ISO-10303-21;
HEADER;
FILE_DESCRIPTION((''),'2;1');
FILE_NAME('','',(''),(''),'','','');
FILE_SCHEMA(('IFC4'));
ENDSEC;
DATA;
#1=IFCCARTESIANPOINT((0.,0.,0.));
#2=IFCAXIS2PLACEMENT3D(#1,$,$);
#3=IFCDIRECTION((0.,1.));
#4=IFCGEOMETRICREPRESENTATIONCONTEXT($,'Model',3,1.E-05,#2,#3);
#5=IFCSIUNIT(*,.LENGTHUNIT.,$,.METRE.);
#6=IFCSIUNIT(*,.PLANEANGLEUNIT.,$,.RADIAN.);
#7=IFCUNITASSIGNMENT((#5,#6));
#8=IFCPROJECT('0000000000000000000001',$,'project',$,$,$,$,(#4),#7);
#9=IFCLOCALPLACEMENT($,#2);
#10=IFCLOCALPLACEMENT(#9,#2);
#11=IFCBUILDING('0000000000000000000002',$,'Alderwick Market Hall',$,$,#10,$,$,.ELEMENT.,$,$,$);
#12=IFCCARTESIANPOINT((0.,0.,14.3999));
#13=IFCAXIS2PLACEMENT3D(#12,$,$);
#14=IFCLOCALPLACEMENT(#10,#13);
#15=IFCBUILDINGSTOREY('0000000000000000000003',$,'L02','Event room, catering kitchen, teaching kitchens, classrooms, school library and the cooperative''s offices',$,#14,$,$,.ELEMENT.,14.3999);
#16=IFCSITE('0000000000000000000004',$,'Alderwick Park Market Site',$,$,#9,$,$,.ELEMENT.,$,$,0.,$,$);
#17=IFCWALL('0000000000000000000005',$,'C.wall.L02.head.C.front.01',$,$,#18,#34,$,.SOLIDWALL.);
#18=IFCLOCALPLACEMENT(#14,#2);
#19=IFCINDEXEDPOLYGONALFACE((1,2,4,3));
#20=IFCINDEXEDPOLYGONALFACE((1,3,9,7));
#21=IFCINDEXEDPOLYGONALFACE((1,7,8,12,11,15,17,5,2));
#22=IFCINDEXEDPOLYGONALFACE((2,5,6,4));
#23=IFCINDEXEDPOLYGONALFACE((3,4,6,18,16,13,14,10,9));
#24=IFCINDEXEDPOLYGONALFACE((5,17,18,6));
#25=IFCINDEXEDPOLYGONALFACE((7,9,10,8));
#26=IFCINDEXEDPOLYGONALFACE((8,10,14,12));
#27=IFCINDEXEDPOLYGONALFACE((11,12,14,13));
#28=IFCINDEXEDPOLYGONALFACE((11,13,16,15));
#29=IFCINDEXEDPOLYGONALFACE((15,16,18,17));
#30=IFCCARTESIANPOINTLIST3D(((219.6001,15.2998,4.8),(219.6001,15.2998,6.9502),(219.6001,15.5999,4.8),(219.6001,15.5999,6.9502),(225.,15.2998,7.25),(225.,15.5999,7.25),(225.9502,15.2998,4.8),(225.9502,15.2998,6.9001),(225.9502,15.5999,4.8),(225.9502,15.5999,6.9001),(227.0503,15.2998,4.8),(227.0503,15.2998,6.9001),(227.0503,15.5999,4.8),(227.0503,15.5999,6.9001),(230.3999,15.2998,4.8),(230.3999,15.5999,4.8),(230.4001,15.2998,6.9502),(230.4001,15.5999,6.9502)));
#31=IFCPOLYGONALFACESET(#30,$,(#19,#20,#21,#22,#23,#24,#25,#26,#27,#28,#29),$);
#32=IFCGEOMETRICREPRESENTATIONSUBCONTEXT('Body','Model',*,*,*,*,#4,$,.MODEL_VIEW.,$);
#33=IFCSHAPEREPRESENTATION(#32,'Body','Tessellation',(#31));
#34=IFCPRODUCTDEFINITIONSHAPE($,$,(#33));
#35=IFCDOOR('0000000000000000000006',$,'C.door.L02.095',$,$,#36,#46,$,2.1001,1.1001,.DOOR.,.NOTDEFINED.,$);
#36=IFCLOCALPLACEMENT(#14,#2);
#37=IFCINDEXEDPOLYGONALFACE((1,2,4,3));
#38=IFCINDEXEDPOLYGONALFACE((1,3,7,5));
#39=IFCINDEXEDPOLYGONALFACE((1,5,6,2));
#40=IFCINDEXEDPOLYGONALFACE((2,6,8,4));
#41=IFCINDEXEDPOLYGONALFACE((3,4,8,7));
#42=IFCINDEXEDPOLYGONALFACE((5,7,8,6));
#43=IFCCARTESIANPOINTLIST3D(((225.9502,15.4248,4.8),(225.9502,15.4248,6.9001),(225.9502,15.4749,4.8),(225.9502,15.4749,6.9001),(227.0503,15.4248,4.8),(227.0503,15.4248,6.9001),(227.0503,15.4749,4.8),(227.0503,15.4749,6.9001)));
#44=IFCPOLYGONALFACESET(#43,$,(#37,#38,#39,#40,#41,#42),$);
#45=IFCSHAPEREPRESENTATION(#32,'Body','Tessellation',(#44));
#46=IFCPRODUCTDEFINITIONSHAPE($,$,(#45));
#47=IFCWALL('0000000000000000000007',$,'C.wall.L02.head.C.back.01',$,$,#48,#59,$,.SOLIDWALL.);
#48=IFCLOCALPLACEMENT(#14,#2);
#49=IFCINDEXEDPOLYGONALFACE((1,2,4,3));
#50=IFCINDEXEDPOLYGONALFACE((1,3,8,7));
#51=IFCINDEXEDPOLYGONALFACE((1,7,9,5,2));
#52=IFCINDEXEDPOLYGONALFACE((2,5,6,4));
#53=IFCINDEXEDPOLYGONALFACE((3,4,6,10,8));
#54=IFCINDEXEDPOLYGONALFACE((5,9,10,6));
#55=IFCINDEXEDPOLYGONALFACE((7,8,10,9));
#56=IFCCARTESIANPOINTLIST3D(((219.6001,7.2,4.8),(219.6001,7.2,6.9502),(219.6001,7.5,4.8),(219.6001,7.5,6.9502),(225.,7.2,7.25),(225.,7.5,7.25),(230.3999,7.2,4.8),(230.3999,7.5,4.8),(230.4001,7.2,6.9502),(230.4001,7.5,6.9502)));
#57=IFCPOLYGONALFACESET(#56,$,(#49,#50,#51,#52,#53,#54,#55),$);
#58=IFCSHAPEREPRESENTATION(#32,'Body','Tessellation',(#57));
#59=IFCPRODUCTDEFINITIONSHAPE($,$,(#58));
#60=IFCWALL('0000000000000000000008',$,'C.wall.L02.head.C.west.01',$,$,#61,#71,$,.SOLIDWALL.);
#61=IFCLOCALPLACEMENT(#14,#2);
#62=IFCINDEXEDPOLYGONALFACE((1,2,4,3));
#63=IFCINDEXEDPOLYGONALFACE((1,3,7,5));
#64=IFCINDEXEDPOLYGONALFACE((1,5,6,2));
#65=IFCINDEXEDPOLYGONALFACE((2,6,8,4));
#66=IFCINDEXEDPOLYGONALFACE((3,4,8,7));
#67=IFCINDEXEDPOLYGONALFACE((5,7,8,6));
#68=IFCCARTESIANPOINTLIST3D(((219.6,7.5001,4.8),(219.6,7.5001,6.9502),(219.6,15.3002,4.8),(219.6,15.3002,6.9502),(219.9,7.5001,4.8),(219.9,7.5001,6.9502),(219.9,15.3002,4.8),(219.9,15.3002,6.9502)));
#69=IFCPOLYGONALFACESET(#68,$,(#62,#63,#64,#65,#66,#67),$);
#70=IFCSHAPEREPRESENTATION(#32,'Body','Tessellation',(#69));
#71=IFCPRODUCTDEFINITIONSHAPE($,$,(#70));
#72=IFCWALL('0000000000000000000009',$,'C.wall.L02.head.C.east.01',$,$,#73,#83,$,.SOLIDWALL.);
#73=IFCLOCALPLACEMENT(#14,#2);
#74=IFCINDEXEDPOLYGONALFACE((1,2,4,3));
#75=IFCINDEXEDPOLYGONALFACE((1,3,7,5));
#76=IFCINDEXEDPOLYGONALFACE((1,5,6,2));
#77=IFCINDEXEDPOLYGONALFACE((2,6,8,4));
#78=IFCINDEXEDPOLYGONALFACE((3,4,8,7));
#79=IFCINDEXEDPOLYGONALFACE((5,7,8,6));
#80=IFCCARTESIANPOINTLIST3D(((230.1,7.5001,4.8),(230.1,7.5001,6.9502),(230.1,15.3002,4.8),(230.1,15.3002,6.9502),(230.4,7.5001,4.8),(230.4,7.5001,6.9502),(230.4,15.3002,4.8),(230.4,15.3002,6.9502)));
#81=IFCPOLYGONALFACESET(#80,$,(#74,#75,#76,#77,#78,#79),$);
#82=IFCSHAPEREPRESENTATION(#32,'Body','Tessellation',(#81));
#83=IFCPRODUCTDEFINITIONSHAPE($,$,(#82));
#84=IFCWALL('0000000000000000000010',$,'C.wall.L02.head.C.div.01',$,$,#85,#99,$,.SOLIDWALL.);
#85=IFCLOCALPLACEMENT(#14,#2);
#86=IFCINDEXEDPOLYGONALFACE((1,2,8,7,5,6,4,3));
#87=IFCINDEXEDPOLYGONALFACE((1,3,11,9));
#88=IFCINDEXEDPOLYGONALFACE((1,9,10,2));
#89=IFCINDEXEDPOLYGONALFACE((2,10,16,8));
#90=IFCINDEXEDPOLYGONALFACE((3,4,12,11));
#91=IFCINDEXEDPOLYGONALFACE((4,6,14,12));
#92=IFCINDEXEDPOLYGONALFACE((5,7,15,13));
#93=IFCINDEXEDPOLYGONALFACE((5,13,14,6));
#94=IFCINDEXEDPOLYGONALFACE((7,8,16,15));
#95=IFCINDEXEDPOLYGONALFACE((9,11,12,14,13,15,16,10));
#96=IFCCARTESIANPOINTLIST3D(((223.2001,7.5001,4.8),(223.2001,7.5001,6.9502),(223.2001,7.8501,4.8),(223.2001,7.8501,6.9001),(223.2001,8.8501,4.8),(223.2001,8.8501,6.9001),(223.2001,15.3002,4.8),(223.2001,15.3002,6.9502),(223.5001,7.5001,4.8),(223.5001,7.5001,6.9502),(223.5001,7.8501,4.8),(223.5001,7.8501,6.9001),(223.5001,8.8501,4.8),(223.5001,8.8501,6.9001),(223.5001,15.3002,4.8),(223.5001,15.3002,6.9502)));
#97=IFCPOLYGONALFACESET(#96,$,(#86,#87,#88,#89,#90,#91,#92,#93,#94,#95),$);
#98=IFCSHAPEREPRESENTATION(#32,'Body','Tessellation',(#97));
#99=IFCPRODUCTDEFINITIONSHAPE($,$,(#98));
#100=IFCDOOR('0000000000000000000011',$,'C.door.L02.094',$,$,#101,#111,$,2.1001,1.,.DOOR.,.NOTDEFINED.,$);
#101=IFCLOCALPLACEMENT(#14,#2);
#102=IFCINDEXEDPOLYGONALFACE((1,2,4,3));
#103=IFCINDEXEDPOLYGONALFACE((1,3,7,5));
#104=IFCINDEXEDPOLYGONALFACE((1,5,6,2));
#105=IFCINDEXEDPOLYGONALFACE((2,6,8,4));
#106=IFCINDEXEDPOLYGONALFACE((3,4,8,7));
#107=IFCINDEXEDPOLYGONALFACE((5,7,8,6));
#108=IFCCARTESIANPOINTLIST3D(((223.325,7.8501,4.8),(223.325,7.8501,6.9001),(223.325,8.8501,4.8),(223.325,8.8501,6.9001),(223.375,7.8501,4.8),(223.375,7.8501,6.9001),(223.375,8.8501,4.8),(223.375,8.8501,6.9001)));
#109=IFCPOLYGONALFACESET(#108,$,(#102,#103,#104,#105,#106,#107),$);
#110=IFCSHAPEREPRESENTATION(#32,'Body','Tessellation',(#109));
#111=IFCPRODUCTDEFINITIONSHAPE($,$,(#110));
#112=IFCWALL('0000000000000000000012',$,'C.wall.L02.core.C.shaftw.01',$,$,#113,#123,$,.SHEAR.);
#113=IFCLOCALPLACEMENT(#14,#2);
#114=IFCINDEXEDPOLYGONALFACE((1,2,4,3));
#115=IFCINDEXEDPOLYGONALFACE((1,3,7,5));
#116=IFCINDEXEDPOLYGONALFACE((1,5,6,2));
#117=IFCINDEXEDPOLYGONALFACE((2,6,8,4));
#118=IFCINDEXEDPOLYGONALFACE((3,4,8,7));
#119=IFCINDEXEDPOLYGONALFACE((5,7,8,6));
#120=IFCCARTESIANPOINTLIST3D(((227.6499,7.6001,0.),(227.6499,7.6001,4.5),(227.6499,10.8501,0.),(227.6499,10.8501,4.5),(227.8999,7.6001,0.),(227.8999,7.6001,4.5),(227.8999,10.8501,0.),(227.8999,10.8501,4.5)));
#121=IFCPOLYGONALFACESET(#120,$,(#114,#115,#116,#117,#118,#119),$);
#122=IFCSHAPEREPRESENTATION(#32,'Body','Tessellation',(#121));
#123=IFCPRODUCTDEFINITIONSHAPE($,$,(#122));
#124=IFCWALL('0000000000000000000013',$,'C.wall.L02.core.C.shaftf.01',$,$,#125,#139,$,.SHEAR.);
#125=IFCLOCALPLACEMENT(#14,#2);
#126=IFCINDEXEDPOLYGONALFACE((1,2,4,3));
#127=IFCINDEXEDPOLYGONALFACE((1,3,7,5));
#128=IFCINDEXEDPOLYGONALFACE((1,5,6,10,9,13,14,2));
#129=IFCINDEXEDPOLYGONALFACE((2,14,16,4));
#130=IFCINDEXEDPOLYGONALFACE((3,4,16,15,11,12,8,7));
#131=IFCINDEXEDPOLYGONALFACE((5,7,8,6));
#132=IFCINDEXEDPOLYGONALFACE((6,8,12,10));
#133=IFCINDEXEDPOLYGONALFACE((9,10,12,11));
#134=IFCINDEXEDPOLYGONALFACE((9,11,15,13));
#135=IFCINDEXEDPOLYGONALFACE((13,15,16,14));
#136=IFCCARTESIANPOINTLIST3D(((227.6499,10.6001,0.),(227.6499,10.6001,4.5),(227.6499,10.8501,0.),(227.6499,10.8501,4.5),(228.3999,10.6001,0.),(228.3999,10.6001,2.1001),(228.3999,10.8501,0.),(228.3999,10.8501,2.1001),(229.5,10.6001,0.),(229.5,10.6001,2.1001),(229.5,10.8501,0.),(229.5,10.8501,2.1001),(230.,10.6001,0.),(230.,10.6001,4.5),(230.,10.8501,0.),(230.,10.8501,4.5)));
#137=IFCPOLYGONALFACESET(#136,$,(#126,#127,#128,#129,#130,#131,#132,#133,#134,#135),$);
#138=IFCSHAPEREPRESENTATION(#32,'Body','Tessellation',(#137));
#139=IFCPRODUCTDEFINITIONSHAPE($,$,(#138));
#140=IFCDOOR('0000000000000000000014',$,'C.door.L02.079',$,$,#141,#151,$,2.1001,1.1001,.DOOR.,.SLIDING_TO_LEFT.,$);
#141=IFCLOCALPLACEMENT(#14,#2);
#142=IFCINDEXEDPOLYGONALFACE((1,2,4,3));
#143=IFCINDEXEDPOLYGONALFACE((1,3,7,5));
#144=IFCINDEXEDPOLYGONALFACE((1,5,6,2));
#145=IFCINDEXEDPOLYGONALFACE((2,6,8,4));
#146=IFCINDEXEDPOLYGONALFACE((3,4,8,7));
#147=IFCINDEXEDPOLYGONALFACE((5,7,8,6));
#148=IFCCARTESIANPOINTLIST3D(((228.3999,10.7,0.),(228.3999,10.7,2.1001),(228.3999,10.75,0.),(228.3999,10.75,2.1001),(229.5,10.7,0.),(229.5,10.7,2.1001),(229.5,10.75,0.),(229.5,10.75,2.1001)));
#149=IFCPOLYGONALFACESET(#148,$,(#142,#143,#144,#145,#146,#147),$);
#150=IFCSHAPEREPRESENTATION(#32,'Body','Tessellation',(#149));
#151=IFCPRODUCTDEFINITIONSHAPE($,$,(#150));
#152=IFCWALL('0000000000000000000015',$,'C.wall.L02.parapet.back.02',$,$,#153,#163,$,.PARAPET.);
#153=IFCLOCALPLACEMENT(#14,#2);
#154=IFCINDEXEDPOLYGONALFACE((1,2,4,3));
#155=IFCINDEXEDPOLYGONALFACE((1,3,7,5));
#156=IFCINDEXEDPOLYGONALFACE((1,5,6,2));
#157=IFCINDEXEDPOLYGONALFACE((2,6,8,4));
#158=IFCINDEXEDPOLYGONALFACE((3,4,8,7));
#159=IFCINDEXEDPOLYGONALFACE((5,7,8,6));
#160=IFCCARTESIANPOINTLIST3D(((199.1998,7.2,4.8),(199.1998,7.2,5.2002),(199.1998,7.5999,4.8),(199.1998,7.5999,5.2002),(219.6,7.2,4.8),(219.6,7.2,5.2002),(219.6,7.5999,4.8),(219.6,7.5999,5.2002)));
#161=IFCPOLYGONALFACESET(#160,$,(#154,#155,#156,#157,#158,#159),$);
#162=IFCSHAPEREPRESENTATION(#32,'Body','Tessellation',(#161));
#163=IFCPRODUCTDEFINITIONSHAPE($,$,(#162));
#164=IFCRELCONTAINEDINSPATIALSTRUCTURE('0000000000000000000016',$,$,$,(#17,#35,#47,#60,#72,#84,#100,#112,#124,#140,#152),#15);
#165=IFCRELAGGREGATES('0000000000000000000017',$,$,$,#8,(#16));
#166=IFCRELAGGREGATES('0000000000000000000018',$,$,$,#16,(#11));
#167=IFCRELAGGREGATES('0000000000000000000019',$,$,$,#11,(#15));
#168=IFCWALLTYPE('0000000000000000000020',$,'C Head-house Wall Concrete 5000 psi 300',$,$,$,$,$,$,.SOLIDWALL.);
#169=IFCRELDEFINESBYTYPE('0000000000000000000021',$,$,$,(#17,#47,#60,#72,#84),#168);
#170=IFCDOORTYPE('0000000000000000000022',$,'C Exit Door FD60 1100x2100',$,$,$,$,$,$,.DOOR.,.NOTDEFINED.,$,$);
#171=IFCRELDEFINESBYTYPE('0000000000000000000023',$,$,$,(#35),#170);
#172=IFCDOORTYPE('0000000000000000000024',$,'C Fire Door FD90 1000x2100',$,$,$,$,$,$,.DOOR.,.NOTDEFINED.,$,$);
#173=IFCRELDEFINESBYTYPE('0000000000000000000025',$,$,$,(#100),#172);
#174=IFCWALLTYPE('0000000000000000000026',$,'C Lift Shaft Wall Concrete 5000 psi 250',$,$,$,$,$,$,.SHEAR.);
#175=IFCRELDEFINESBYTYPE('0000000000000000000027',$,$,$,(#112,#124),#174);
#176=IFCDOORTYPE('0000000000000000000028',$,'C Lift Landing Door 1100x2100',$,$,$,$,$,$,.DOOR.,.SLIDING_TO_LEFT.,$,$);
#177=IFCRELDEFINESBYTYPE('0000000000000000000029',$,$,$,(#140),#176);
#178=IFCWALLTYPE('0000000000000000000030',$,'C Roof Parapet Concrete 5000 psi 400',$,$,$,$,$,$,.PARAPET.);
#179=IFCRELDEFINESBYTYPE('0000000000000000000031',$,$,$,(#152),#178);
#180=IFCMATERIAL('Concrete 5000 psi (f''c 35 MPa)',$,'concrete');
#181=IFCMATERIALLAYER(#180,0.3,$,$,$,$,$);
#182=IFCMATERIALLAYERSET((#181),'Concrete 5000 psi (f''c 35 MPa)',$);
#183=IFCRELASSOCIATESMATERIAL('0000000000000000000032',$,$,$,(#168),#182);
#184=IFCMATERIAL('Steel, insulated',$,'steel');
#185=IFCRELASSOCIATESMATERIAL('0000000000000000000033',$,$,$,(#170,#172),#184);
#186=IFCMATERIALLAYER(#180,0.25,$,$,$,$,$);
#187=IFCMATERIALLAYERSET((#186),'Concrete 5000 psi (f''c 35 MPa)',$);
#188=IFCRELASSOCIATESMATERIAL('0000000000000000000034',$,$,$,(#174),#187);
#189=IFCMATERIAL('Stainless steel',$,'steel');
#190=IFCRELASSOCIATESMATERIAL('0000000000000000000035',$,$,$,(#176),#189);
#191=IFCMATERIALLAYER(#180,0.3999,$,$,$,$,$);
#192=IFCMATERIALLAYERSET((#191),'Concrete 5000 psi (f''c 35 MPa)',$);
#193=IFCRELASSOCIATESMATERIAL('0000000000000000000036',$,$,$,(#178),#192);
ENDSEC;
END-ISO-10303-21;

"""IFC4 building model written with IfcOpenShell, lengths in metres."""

from ifc_helpers import new_model, si_unit, direction, frame, frame_2d, origin, place, context, subcontext, project, spatial, polyline, rectangle, outline, extrude, material, layer, layer_set, type_object, element, fill, save


model = new_model("IFC4")

# Units and contexts
model_context = context("Model", 3, precision=1e-05, world=origin(), true_north=direction((0.0, 1.0)))
body_context = subcontext(model_context, "Body", "Model", "MODEL_VIEW")
ifc_project = project(units=[si_unit("LENGTHUNIT", "METRE"), si_unit("PLANEANGLEUNIT", "RADIAN")], contexts=[model_context])

# Site, building, storey
site_placement = place(None, origin())
site = spatial("IfcSite", under=ifc_project, at=site_placement, Name="Alderwick Park Market Site", CompositionType="ELEMENT", RefElevation=0.0)
building_placement = place(site_placement, origin())
building = spatial("IfcBuilding", under=site, at=building_placement, Name="Alderwick Market Hall", CompositionType="ELEMENT")
storey_placement = place(building_placement, frame((0.0, 0.0, 14.3999)))
storey = spatial("IfcBuildingStorey", under=building, at=storey_placement, Name="L02", Description="Event room, catering kitchen, teaching kitchens, classrooms, school library and the cooperative's offices", CompositionType="ELEMENT", Elevation=14.3999)

# Shared definitions
ifc_material_1 = material(Name="Concrete 5000 psi (f'c 35 MPa)", Category="concrete")

# Shared definitions
ifc_material_2 = material(Name="Steel, insulated", Category="steel")

# Wall, opening, door
ifc_layer_1 = layer(ifc_material_1, 0.3)
ifc_layer_set_1 = layer_set([ifc_layer_1], Name="Concrete 5000 psi (f'c 35 MPa)")
wall_type_1 = type_object("IfcWallType", Name="C Head-house Wall Concrete 5000 psi 300", PredefinedType="SOLIDWALL", material=ifc_layer_set_1)
wall_1_placement = place(storey_placement, frame((219.6001, 15.45, 4.8), z_axis=(0.0, 0.0, 1.0), x_axis=(1.0, 0.0, 0.0)))
wall_1 = element("IfcWall", 1, at=wall_1_placement, inside=storey, type_object=wall_type_1, Name="C.wall.L02.head.C.front.01", PredefinedType="SOLIDWALL", context=body_context, shape_type="SweptSolid", body=[
    extrude(outline(polyline([(0.0, 0.0), (10.7998, 0.0), (10.8, 2.1501), (5.3999, 2.45), (0.0, 2.1501), (0.0, 0.0)])), frame((0.0, 0.1499, 0.0), z_axis=(0.0, -1.0, 0.0), x_axis=(1.0, 0.0, 0.0)), (0.0, 0.0, 1.0), 0.3),
])
opening_1_placement = place(wall_1_placement, frame((6.3501, 0.0, 0.0)))
opening_1 = element("IfcOpeningElement", 2, at=opening_1_placement, cuts=wall_1, PredefinedType="OPENING", context=body_context, shape_type="SweptSolid", body=[
    extrude(rectangle(XDim=1.1001, YDim=2.1001, at=frame_2d((0.55, 1.05))), frame((0.0, 0.1599, 0.0), z_axis=(0.0, -1.0, 0.0), x_axis=(1.0, 0.0, 0.0)), (0.0, 0.0, 1.0), 0.3201),
])
door_type_1 = type_object("IfcDoorType", Name="C Exit Door FD60 1100x2100", OperationType="NOTDEFINED", PredefinedType="DOOR", material=ifc_material_2)
door_1_placement = place(opening_1_placement, origin())
door_1 = element("IfcDoor", 3, at=door_1_placement, inside=storey, type_object=door_type_1, Name="C.door.L02.095", OperationType="NOTDEFINED", OverallHeight=2.1001, OverallWidth=1.1001, PredefinedType="DOOR", context=body_context, shape_type="SweptSolid", body=[
    extrude(rectangle(XDim=1.1001, YDim=2.1001, at=frame_2d((0.55, 1.05))), frame((0.0, 0.0249, 0.0), z_axis=(0.0, -1.0, 0.0), x_axis=(1.0, 0.0, 0.0)), (0.0, 0.0, 1.0), 0.05),
])
fill(opening_1, door_1)

# Walls
wall_2_placement = place(storey_placement, frame((219.6001, 7.3501, 4.8), z_axis=(0.0, 0.0, 1.0), x_axis=(1.0, 0.0, 0.0)))
element("IfcWall", 4, at=wall_2_placement, inside=storey, type_object=wall_type_1, Name="C.wall.L02.head.C.back.01", PredefinedType="SOLIDWALL", context=body_context, shape_type="SweptSolid", body=[
    extrude(outline(polyline([(0.0, 0.0), (10.7998, 0.0), (10.8, 2.1501), (5.3999, 2.45), (0.0, 2.1501), (0.0, 0.0)])), frame((0.0, 0.1499, 0.0), z_axis=(0.0, -1.0, 0.0), x_axis=(1.0, 0.0, 0.0)), (0.0, 0.0, 1.0), 0.3),
])
for number, where, z_axis, x_axis, name in (
    (5, (219.75, 15.3, 4.8), (0.0, 0.0, 1.0), (0.0, -1.0, 0.0), "C.wall.L02.head.C.west.01"),
    (6, (230.25, 15.3, 4.8), (0.0, 0.0, 1.0), (0.0, -1.0, 0.0), "C.wall.L02.head.C.east.01"),
):
    element("IfcWall", number, at=place(storey_placement, frame(where, z_axis=z_axis, x_axis=x_axis)), inside=storey, type_object=wall_type_1, Name=name, PredefinedType="SOLIDWALL", context=body_context, shape_type="SweptSolid", body=[
        extrude(rectangle(XDim=7.8, YDim=0.3, at=frame_2d((3.8999, 0.0))), origin(), (0.0, 0.0, 1.0), 2.1501),
    ])

# Wall, opening, door
wall_3_placement = place(storey_placement, frame((223.3501, 15.3, 4.8), z_axis=(0.0, 0.0, 1.0), x_axis=(0.0, -1.0, 0.0)))
wall_3 = element("IfcWall", 7, at=wall_3_placement, inside=storey, type_object=wall_type_1, Name="C.wall.L02.head.C.div.01", PredefinedType="SOLIDWALL", context=body_context, shape_type="SweptSolid", body=[
    extrude(rectangle(XDim=7.8, YDim=0.3, at=frame_2d((3.8999, 0.0))), origin(), (0.0, 0.0, 1.0), 2.1501),
])
opening_2_placement = place(wall_3_placement, frame((6.45, 0.0, 0.0)))
opening_2 = element("IfcOpeningElement", 8, at=opening_2_placement, cuts=wall_3, PredefinedType="OPENING", context=body_context, shape_type="SweptSolid", body=[
    extrude(rectangle(XDim=1.0, YDim=2.1001, at=frame_2d((0.5, 1.05))), frame((0.0, 0.1599, 0.0), z_axis=(0.0, -1.0, 0.0), x_axis=(1.0, 0.0, 0.0)), (0.0, 0.0, 1.0), 0.3201),
])
door_type_2 = type_object("IfcDoorType", Name="C Fire Door FD90 1000x2100", OperationType="NOTDEFINED", PredefinedType="DOOR", material=ifc_material_2)
door_2_placement = place(opening_2_placement, origin())
door_2 = element("IfcDoor", 9, at=door_2_placement, inside=storey, type_object=door_type_2, Name="C.door.L02.094", OperationType="NOTDEFINED", OverallHeight=2.1001, OverallWidth=1.0, PredefinedType="DOOR", context=body_context, shape_type="SweptSolid", body=[
    extrude(rectangle(XDim=1.0, YDim=2.1001, at=frame_2d((0.5, 1.05))), frame((0.0, 0.0249, 0.0), z_axis=(0.0, -1.0, 0.0), x_axis=(1.0, 0.0, 0.0)), (0.0, 0.0, 1.0), 0.05),
])
fill(opening_2, door_2)

# Wall
ifc_layer_2 = layer(ifc_material_1, 0.25)
ifc_layer_set_2 = layer_set([ifc_layer_2], Name="Concrete 5000 psi (f'c 35 MPa)")
wall_type_2 = type_object("IfcWallType", Name="C Lift Shaft Wall Concrete 5000 psi 250", PredefinedType="SHEAR", material=ifc_layer_set_2)
wall_4_placement = place(storey_placement, frame((227.7749, 10.8501, 0.0), z_axis=(0.0, 0.0, 1.0), x_axis=(0.0, -1.0, 0.0)))
element("IfcWall", 10, at=wall_4_placement, inside=storey, type_object=wall_type_2, Name="C.wall.L02.core.C.shaftw.01", PredefinedType="SHEAR", context=body_context, shape_type="SweptSolid", body=[
    extrude(rectangle(XDim=3.25, YDim=0.25, at=frame_2d((1.625, 0.0))), origin(), (0.0, 0.0, 1.0), 4.5),
])

# Wall, opening, door
wall_5_placement = place(storey_placement, frame((227.6499, 10.7251, 0.0), z_axis=(0.0, 0.0, 1.0), x_axis=(1.0, 0.0, 0.0)))
wall_5 = element("IfcWall", 11, at=wall_5_placement, inside=storey, type_object=wall_type_2, Name="C.wall.L02.core.C.shaftf.01", PredefinedType="SHEAR", context=body_context, shape_type="SweptSolid", body=[
    extrude(rectangle(XDim=2.3501, YDim=0.25, at=frame_2d((1.175, 0.0))), origin(), (0.0, 0.0, 1.0), 4.5),
])
opening_3_placement = place(wall_5_placement, frame((0.75, 0.0, 0.0)))
opening_3 = element("IfcOpeningElement", 12, at=opening_3_placement, cuts=wall_5, PredefinedType="OPENING", context=body_context, shape_type="SweptSolid", body=[
    extrude(rectangle(XDim=1.1001, YDim=2.1001, at=frame_2d((0.55, 1.05))), frame((0.0, 0.135, 0.0), z_axis=(0.0, -1.0, 0.0), x_axis=(1.0, 0.0, 0.0)), (0.0, 0.0, 1.0), 0.27),
])
ifc_material_3 = material(Name="Stainless steel", Category="steel")
door_type_3 = type_object("IfcDoorType", Name="C Lift Landing Door 1100x2100", OperationType="SLIDING_TO_LEFT", PredefinedType="DOOR", material=ifc_material_3)
door_3_placement = place(opening_3_placement, origin())
door_3 = element("IfcDoor", 13, at=door_3_placement, inside=storey, type_object=door_type_3, Name="C.door.L02.079", OperationType="SLIDING_TO_LEFT", OverallHeight=2.1001, OverallWidth=1.1001, PredefinedType="DOOR", context=body_context, shape_type="SweptSolid", body=[
    extrude(rectangle(XDim=1.1001, YDim=2.1001, at=frame_2d((0.55, 1.05))), frame((0.0, 0.0249, 0.0), z_axis=(0.0, -1.0, 0.0), x_axis=(1.0, 0.0, 0.0)), (0.0, 0.0, 1.0), 0.05),
])
fill(opening_3, door_3)

# Wall
ifc_layer_3 = layer(ifc_material_1, 0.3999)
ifc_layer_set_3 = layer_set([ifc_layer_3], Name="Concrete 5000 psi (f'c 35 MPa)")
wall_type_3 = type_object("IfcWallType", Name="C Roof Parapet Concrete 5000 psi 400", PredefinedType="PARAPET", material=ifc_layer_set_3)
wall_6_placement = place(storey_placement, frame((219.6001, 7.3999, 4.8), z_axis=(0.0, 0.0, 1.0), x_axis=(-1.0, 0.0, 0.0)))
element("IfcWall", 14, at=wall_6_placement, inside=storey, type_object=wall_type_3, Name="C.wall.L02.parapet.back.02", PredefinedType="PARAPET", context=body_context, shape_type="SweptSolid", body=[
    extrude(rectangle(XDim=20.4001, YDim=0.3999, at=frame_2d((10.2002, 0.0))), origin(), (0.0, 0.0, 1.0), 0.4001),
])

save(model, "model.ifc")
